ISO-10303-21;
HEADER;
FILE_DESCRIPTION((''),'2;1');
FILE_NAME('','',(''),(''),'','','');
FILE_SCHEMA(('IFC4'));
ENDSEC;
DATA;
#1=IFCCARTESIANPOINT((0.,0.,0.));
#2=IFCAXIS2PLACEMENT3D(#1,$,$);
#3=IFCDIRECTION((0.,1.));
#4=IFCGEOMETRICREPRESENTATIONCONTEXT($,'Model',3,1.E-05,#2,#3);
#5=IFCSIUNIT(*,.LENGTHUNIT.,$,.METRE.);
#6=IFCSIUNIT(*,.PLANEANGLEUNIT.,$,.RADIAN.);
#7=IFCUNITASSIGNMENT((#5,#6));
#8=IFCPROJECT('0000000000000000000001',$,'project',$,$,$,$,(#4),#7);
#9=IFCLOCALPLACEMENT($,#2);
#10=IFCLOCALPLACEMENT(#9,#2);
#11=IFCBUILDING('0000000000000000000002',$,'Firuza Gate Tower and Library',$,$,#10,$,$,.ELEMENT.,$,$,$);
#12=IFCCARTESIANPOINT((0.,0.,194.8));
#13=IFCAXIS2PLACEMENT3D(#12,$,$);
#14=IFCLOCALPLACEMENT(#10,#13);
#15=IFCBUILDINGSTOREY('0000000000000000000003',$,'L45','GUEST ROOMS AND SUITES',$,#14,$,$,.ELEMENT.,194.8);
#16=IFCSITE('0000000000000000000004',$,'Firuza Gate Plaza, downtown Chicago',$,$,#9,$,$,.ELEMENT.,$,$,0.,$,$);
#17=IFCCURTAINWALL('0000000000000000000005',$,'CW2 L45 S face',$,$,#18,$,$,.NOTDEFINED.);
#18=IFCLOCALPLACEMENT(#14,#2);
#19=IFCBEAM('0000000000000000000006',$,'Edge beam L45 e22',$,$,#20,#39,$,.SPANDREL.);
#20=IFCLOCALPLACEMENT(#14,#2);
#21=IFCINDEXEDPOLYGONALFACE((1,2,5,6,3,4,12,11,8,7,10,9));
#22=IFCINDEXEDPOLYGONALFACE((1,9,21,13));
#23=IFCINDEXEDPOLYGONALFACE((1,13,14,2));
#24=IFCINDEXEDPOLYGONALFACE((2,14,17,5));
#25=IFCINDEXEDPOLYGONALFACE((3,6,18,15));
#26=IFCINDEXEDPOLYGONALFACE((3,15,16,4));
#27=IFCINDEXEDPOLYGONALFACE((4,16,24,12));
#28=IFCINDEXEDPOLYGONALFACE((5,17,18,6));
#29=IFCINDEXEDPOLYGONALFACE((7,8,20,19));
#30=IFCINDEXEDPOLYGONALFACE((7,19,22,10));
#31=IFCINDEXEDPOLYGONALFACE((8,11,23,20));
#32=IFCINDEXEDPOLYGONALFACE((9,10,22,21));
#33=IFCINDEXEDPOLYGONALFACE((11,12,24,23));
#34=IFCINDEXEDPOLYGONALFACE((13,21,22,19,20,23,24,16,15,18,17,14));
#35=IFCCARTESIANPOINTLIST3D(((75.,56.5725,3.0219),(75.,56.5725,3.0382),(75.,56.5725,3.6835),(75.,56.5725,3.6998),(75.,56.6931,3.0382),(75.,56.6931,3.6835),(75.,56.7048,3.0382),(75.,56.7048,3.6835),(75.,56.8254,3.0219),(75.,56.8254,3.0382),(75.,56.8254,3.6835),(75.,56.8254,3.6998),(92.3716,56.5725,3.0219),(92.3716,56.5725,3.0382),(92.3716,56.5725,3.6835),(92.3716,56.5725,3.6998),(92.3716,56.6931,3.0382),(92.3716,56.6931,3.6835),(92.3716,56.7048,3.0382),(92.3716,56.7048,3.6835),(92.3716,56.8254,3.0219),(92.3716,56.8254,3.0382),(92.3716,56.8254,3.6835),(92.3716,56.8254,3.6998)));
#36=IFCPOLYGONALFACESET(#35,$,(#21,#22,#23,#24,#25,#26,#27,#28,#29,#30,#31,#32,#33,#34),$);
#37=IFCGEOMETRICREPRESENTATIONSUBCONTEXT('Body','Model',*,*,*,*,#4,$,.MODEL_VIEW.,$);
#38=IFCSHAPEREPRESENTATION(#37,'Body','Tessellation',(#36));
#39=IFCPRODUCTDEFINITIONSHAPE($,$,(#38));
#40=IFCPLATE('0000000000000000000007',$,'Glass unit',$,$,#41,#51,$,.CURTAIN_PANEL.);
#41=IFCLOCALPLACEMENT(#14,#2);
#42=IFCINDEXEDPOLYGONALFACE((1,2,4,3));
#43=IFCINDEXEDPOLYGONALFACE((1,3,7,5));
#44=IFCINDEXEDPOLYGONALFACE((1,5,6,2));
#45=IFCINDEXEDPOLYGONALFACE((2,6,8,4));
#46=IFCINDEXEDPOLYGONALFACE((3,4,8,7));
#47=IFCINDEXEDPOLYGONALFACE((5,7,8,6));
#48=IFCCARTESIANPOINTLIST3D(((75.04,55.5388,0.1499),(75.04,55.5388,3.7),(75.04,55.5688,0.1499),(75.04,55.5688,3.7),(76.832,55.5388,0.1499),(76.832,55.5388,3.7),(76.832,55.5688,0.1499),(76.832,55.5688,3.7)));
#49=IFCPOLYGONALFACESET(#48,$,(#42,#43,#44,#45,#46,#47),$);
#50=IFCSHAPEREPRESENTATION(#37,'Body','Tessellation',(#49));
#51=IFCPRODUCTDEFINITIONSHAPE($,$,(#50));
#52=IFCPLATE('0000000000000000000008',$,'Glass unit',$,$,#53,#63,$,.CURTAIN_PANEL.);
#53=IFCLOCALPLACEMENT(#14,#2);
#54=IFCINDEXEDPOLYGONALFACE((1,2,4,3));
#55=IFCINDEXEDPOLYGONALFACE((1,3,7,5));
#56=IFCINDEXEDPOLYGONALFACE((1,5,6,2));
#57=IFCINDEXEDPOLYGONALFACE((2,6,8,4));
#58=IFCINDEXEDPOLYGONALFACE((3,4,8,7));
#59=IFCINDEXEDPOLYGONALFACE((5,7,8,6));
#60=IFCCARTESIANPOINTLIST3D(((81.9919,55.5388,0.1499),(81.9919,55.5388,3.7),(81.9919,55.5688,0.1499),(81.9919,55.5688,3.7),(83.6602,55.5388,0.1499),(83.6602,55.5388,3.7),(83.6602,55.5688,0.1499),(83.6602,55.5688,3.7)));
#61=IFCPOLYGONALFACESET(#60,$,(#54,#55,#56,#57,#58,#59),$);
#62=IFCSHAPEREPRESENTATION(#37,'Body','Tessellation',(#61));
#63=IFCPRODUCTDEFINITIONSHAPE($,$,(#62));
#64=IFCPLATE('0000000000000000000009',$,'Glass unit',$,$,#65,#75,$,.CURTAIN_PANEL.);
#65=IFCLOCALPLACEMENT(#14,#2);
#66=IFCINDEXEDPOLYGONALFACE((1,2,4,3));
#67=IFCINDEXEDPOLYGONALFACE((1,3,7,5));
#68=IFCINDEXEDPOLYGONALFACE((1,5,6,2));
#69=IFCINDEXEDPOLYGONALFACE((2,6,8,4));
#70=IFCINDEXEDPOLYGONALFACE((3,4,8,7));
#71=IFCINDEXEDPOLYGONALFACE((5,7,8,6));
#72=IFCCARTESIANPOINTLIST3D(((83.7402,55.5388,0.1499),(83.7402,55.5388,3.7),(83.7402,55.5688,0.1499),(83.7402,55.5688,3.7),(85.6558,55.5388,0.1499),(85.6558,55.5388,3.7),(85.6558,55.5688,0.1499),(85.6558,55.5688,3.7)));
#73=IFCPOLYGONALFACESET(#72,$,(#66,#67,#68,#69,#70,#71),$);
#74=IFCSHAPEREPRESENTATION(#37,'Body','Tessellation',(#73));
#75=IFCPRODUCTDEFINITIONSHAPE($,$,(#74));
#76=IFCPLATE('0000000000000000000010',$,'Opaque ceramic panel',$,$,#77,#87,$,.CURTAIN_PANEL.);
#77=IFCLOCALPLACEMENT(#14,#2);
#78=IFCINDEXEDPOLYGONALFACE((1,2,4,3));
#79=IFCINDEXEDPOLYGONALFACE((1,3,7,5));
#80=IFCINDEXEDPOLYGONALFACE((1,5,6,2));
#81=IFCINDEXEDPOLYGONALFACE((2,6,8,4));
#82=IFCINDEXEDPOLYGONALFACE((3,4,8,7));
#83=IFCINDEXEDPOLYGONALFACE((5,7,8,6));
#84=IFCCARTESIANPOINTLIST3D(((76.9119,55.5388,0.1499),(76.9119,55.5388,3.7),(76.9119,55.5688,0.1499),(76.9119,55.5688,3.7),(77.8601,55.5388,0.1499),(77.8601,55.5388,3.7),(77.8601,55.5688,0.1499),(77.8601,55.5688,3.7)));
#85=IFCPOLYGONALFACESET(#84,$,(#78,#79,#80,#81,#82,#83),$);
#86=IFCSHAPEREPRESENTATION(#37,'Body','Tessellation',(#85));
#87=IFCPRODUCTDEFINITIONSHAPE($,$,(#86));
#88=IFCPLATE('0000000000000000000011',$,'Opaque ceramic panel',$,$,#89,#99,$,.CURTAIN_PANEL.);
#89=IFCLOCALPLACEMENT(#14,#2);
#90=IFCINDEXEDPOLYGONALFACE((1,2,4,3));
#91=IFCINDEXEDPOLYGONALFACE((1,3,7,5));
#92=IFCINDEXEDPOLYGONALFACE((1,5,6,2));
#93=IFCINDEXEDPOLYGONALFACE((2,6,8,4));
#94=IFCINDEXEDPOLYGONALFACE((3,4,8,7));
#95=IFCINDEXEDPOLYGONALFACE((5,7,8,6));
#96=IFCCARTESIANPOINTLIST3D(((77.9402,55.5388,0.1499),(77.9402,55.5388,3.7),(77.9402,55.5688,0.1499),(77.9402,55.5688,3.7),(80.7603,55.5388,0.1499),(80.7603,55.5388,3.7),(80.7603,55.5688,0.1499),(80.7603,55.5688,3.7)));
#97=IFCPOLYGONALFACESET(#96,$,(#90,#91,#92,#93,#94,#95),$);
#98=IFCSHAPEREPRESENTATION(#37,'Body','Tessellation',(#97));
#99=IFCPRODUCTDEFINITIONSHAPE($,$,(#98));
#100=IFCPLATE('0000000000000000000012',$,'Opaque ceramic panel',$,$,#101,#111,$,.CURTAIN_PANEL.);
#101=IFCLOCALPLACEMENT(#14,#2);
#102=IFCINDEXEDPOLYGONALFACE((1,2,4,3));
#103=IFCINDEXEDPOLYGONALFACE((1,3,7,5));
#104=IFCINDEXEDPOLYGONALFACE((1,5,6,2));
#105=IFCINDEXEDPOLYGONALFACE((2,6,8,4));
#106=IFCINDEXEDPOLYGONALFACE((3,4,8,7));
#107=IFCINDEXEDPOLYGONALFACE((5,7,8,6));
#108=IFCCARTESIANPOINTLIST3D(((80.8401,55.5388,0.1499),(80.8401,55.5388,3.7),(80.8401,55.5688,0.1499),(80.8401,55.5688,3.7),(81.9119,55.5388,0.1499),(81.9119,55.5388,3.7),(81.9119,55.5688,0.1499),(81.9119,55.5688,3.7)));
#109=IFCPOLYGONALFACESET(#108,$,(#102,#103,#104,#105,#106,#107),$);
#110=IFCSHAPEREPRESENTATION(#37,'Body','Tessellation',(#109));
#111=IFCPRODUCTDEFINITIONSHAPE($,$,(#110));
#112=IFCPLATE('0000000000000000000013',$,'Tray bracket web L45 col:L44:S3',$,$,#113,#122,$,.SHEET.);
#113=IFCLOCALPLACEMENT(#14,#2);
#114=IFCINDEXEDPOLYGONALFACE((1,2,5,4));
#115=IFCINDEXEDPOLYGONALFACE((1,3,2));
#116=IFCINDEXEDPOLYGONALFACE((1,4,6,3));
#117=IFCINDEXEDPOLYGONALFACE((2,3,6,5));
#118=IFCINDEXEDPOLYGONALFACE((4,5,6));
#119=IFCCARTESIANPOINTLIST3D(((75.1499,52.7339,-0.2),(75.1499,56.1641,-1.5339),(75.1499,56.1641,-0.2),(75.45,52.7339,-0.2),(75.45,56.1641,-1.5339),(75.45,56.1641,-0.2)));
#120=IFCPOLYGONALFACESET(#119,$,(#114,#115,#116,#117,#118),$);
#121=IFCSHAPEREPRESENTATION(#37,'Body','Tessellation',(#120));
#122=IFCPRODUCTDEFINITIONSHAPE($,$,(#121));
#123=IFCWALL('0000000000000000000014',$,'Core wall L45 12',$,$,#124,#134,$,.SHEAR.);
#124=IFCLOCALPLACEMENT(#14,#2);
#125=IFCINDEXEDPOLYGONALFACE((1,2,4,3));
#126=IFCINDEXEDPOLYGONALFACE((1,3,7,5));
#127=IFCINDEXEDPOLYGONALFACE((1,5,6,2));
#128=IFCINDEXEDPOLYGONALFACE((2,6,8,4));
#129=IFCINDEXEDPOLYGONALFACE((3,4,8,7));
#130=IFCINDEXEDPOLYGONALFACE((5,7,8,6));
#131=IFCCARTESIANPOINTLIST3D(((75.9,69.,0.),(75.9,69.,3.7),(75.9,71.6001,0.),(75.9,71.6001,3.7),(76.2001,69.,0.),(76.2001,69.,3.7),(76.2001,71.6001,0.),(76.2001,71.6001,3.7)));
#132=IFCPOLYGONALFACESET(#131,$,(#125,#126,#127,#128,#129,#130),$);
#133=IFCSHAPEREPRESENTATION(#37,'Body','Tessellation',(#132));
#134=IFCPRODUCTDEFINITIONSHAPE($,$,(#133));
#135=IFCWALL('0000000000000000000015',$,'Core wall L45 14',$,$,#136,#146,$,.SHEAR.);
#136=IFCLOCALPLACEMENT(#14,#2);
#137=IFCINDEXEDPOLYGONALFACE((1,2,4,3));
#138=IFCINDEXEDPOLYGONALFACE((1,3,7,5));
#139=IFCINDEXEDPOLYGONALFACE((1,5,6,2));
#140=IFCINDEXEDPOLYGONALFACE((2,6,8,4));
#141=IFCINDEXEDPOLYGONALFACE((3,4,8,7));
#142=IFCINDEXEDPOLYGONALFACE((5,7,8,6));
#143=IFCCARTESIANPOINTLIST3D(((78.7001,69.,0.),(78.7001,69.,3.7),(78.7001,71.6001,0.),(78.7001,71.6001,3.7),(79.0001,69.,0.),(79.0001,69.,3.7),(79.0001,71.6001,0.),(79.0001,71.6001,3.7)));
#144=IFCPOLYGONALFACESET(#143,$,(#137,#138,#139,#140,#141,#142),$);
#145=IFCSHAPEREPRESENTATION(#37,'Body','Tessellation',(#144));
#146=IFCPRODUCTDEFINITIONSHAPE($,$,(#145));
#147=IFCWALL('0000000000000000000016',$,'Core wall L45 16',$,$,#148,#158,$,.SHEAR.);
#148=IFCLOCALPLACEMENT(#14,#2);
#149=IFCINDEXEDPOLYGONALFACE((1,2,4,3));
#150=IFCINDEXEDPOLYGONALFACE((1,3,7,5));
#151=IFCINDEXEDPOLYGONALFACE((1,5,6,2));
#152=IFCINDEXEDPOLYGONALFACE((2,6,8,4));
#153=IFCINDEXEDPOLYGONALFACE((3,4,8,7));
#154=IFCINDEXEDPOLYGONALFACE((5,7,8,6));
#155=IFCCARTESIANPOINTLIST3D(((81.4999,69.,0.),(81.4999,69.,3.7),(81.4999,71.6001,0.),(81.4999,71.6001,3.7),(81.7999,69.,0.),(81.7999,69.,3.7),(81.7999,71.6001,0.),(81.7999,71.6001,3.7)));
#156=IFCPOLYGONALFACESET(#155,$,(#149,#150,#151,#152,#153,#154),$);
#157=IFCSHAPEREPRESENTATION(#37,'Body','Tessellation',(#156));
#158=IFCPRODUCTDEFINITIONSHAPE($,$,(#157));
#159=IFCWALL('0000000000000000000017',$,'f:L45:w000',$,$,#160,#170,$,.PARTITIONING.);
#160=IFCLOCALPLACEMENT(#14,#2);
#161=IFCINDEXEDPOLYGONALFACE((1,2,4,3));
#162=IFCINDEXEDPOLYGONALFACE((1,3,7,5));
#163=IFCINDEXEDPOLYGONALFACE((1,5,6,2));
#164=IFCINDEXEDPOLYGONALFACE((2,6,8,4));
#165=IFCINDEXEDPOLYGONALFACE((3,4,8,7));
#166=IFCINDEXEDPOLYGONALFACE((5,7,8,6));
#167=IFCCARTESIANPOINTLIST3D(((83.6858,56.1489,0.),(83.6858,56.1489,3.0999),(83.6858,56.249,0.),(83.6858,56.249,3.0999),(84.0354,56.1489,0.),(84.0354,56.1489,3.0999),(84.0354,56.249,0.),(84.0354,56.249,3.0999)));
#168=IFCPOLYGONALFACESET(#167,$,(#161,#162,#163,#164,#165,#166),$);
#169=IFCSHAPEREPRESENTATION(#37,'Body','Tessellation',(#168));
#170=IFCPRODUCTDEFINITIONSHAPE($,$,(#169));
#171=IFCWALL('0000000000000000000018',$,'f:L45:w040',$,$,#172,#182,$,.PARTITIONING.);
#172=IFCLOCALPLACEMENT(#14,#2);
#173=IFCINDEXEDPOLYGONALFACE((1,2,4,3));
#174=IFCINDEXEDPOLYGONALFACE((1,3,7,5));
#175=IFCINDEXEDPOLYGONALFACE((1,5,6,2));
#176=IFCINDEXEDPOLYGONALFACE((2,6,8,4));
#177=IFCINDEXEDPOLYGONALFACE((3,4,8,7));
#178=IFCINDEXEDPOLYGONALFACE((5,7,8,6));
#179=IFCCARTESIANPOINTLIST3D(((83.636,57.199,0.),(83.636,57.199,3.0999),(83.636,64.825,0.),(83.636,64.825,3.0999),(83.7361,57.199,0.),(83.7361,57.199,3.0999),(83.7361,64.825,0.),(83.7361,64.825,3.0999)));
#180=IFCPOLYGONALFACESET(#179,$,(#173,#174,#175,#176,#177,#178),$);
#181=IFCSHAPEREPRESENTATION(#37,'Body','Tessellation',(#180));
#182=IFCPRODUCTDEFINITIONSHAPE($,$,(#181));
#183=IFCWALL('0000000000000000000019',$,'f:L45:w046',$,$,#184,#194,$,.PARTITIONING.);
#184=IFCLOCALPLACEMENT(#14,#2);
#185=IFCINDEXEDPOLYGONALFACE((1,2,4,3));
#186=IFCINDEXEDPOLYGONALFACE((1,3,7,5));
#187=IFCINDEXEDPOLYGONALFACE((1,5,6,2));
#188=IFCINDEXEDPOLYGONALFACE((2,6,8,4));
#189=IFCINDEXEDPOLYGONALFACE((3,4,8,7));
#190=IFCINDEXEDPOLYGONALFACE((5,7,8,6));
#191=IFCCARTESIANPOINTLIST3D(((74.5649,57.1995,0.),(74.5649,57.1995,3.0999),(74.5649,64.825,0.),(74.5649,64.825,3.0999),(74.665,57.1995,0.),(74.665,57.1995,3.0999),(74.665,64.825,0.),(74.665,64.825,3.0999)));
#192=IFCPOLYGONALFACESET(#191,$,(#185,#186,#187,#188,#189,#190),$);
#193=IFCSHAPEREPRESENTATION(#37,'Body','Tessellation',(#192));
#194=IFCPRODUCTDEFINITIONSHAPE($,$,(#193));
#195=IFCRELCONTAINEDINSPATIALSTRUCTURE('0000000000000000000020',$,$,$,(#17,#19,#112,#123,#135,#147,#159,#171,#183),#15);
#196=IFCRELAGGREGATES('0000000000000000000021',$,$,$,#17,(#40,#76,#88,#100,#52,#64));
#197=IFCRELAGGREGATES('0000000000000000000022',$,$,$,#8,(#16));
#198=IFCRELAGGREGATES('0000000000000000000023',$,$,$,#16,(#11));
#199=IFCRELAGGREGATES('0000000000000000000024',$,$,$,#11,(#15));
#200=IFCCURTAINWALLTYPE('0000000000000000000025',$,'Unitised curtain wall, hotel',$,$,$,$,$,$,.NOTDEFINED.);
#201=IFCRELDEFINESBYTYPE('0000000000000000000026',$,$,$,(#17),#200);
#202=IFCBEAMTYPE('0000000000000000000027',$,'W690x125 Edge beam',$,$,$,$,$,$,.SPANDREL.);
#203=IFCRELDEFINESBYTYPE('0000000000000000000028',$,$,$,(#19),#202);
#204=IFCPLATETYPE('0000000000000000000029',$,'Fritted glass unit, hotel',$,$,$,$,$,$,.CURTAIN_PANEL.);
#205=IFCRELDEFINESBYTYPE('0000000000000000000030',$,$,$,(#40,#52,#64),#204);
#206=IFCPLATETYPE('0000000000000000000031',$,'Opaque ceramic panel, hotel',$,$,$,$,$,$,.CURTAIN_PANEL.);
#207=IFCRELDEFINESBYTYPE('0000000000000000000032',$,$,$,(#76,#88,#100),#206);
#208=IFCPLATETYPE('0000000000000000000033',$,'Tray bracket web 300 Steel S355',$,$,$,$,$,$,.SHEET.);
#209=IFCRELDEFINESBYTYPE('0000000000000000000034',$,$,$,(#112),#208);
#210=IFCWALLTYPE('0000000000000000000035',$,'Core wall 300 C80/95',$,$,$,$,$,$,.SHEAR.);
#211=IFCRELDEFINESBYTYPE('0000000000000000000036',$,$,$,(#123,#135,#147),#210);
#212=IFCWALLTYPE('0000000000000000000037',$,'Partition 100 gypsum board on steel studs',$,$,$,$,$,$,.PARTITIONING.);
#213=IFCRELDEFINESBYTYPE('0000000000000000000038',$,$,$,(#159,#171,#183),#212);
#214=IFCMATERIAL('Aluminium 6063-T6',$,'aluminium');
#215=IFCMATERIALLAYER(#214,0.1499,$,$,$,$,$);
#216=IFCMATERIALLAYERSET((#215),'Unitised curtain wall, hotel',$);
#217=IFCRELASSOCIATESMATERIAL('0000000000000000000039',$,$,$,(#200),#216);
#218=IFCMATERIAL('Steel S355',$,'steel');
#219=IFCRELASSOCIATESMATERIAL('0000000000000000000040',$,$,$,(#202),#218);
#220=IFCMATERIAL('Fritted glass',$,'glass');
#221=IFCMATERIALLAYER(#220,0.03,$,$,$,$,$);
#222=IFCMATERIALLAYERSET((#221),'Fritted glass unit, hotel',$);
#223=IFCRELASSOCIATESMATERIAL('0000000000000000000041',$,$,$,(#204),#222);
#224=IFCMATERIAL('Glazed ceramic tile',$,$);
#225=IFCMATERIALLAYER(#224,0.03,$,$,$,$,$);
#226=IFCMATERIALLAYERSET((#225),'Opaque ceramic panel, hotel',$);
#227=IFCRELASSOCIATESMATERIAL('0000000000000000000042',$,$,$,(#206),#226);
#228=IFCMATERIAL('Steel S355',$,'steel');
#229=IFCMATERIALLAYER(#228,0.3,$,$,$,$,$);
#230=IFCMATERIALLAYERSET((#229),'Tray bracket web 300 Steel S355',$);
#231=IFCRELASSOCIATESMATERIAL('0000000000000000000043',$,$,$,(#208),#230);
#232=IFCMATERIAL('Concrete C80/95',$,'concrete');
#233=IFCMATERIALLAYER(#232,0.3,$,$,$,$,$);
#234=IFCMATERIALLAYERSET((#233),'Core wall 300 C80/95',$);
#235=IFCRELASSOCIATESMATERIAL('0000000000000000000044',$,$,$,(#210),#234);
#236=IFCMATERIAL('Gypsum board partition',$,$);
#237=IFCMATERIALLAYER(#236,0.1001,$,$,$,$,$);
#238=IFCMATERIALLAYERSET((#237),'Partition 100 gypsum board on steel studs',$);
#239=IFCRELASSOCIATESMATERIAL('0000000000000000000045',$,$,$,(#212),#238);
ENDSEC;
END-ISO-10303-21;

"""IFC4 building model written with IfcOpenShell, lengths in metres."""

from ifc_helpers import new_model, si_unit, direction, frame, frame_2d, origin, origin_2d, place, context, subcontext, project, spatial, polyline, rectangle, i_section, outline, extrude, material, layer, layer_set, material_profile, profile_set, type_object, element, aggregate, save


model = new_model("IFC4")

# Units and contexts
model_context = context("Model", 3, precision=1e-05, world=origin(), true_north=direction((0.0, 1.0)))
body_context = subcontext(model_context, "Body", "Model", "MODEL_VIEW")
ifc_project = project(units=[si_unit("LENGTHUNIT", "METRE"), si_unit("PLANEANGLEUNIT", "RADIAN")], contexts=[model_context])

# Site, building, storey
site_placement = place(None, origin())
site = spatial("IfcSite", under=ifc_project, at=site_placement, Name="Firuza Gate Plaza, downtown Chicago", CompositionType="ELEMENT", RefElevation=0.0)
building_placement = place(site_placement, origin())
building = spatial("IfcBuilding", under=site, at=building_placement, Name="Firuza Gate Tower and Library", CompositionType="ELEMENT")
storey_placement = place(building_placement, frame((0.0, 0.0, 194.8)))
storey = spatial("IfcBuildingStorey", under=building, at=storey_placement, Name="L45", Description="GUEST ROOMS AND SUITES", CompositionType="ELEMENT", Elevation=194.8)

# Curtain wall
ifc_material_1 = material(Name="Aluminium 6063-T6", Category="aluminium")
ifc_layer_1 = layer(ifc_material_1, 0.1499)
ifc_layer_set_1 = layer_set([ifc_layer_1], Name="Unitised curtain wall, hotel")
curtain_wall_type = type_object("IfcCurtainWallType", Name="Unitised curtain wall, hotel", PredefinedType="NOTDEFINED", material=ifc_layer_set_1)
curtain_wall_placement = place(storey_placement, origin())
curtain_wall = element("IfcCurtainWall", 1, at=curtain_wall_placement, inside=storey, type_object=curtain_wall_type, Name="CW2 L45 S face", PredefinedType="NOTDEFINED")

# Beam
ifc_material_2 = material(Name="Steel S355", Category="steel")
ifc_material_profile_1 = material_profile(ifc_material_2, i_section(OverallWidth=0.2529, OverallDepth=0.678, WebThickness=0.0117, FlangeThickness=0.0164, at=origin_2d()))
ifc_profile_set_1 = profile_set([ifc_material_profile_1], Name="Steel S355")
beam_type_1 = type_object("IfcBeamType", Name="W690x125 Edge beam", PredefinedType="SPANDREL", material=ifc_profile_set_1)
beam_placement = place(storey_placement, frame((75.0, 56.699, 3.3608), z_axis=(1.0, 0.0, 0.0), x_axis=(0.0, 1.0, 0.0)))
element("IfcBeam", 2, at=beam_placement, inside=storey, type_object=beam_type_1, Name="Edge beam L45 e22", PredefinedType="SPANDREL", context=body_context, shape_type="SweptSolid", body=[
    extrude(i_section(OverallWidth=0.2529, OverallDepth=0.678, WebThickness=0.0117, FlangeThickness=0.0164, at=origin_2d()), origin(), (0.0, 0.0, 1.0), 17.3716),
])

# Plates
ifc_material_3 = material(Name="Fritted glass", Category="glass")
ifc_layer_2 = layer(ifc_material_3, 0.03)
ifc_layer_set_2 = layer_set([ifc_layer_2], Name="Fritted glass unit, hotel")
plate_type_1 = type_object("IfcPlateType", Name="Fritted glass unit, hotel", PredefinedType="CURTAIN_PANEL", material=ifc_layer_set_2)
plate_1_placement = place(storey_placement, frame((75.04, 55.5388, 0.1499), z_axis=(0.0, -1.0, 0.0), x_axis=(1.0, 0.0, 0.0)))
plate_1 = element("IfcPlate", 3, at=plate_1_placement, type_object=plate_type_1, Name="Glass unit", PredefinedType="CURTAIN_PANEL", context=body_context, shape_type="SweptSolid", body=[
    extrude(outline(polyline([(0.0, 0.0), (1.792, 0.0), (1.792, 3.55), (0.0, 3.55), (0.0, 0.0)])), origin(), (0.0, 0.0, -1.0), 0.03),
])
plate_2_placement = place(storey_placement, frame((81.9919, 55.5388, 0.1499), z_axis=(0.0, -1.0, 0.0), x_axis=(1.0, 0.0, 0.0)))
plate_2 = element("IfcPlate", 4, at=plate_2_placement, type_object=plate_type_1, Name="Glass unit", PredefinedType="CURTAIN_PANEL", context=body_context, shape_type="SweptSolid", body=[
    extrude(outline(polyline([(0.0, 0.0), (1.6682, 0.0), (1.6682, 3.55), (0.0, 3.55), (0.0, 0.0)])), origin(), (0.0, 0.0, -1.0), 0.03),
])
plate_3_placement = place(storey_placement, frame((83.7402, 55.5388, 0.1499), z_axis=(0.0, -1.0, 0.0), x_axis=(1.0, 0.0, 0.0)))
plate_3 = element("IfcPlate", 5, at=plate_3_placement, type_object=plate_type_1, Name="Glass unit", PredefinedType="CURTAIN_PANEL", context=body_context, shape_type="SweptSolid", body=[
    extrude(outline(polyline([(0.0, 0.0), (1.9155, 0.0), (1.9155, 3.55), (0.0, 3.55), (0.0, 0.0)])), origin(), (0.0, 0.0, -1.0), 0.03),
])
ifc_material_4 = material(Name="Glazed ceramic tile")
ifc_layer_3 = layer(ifc_material_4, 0.03)
ifc_layer_set_3 = layer_set([ifc_layer_3], Name="Opaque ceramic panel, hotel")
plate_type_2 = type_object("IfcPlateType", Name="Opaque ceramic panel, hotel", PredefinedType="CURTAIN_PANEL", material=ifc_layer_set_3)
plate_4_placement = place(storey_placement, frame((76.9119, 55.5388, 0.1499), z_axis=(0.0, -1.0, 0.0), x_axis=(1.0, 0.0, 0.0)))
plate_4 = element("IfcPlate", 6, at=plate_4_placement, type_object=plate_type_2, Name="Opaque ceramic panel", PredefinedType="CURTAIN_PANEL", context=body_context, shape_type="SweptSolid", body=[
    extrude(outline(polyline([(0.0, 0.0), (0.9482, 0.0), (0.9482, 3.55), (0.0, 3.55), (0.0, 0.0)])), origin(), (0.0, 0.0, -1.0), 0.03),
])
plate_5_placement = place(storey_placement, frame((77.9402, 55.5388, 0.1499), z_axis=(0.0, -1.0, 0.0), x_axis=(1.0, 0.0, 0.0)))
plate_5 = element("IfcPlate", 7, at=plate_5_placement, type_object=plate_type_2, Name="Opaque ceramic panel", PredefinedType="CURTAIN_PANEL", context=body_context, shape_type="SweptSolid", body=[
    extrude(outline(polyline([(0.0, 0.0), (2.8201, 0.0), (2.8201, 3.55), (0.0, 3.55), (0.0, 0.0)])), origin(), (0.0, 0.0, -1.0), 0.03),
])
plate_6_placement = place(storey_placement, frame((80.8401, 55.5388, 0.1499), z_axis=(0.0, -1.0, 0.0), x_axis=(1.0, 0.0, 0.0)))
plate_6 = element("IfcPlate", 8, at=plate_6_placement, type_object=plate_type_2, Name="Opaque ceramic panel", PredefinedType="CURTAIN_PANEL", context=body_context, shape_type="SweptSolid", body=[
    extrude(outline(polyline([(0.0, 0.0), (1.0718, 0.0), (1.0718, 3.55), (0.0, 3.55), (0.0, 0.0)])), origin(), (0.0, 0.0, -1.0), 0.03),
])
aggregate(curtain_wall, [plate_1, plate_4, plate_5, plate_6, plate_2, plate_3])
ifc_material_5 = material(Name="Steel S355", Category="steel")
ifc_layer_4 = layer(ifc_material_5, 0.3)
ifc_layer_set_4 = layer_set([ifc_layer_4], Name="Tray bracket web 300 Steel S355")
plate_type_3 = type_object("IfcPlateType", Name="Tray bracket web 300 Steel S355", PredefinedType="SHEET", material=ifc_layer_set_4)
plate_7_placement = place(storey_placement, frame((75.45, 56.1641, -0.2), z_axis=(1.0, 0.0, 0.0), x_axis=(0.0, -1.0, 0.0)))
element("IfcPlate", 9, at=plate_7_placement, inside=storey, type_object=plate_type_3, Name="Tray bracket web L45 col:L44:S3", PredefinedType="SHEET", context=body_context, shape_type="SweptSolid", body=[
    extrude(outline(polyline([(0.0, 0.0), (3.4302, 0.0), (0.0, 1.334), (0.0, 0.0)])), origin(), (0.0, 0.0, -1.0), 0.3),
])

# Walls
ifc_material_6 = material(Name="Concrete C80/95", Category="concrete")
ifc_layer_5 = layer(ifc_material_6, 0.3)
ifc_layer_set_5 = layer_set([ifc_layer_5], Name="Core wall 300 C80/95")
wall_type_1 = type_object("IfcWallType", Name="Core wall 300 C80/95", PredefinedType="SHEAR", material=ifc_layer_set_5)
for number, where, z_axis, x_axis, name in (
    (10, (76.05, 69.0, 0.0), (0.0, 0.0, 1.0), (0.0, 1.0, 0.0), "Core wall L45 12"),
    (11, (78.8501, 69.0, 0.0), (0.0, 0.0, 1.0), (0.0, 1.0, 0.0), "Core wall L45 14"),
    (12, (81.6499, 69.0, 0.0), (0.0, 0.0, 1.0), (0.0, 1.0, 0.0), "Core wall L45 16"),
):
    element("IfcWall", number, at=place(storey_placement, frame(where, z_axis=z_axis, x_axis=x_axis)), inside=storey, type_object=wall_type_1, Name=name, PredefinedType="SHEAR", context=body_context, shape_type="SweptSolid", body=[
        extrude(rectangle(XDim=2.6001, YDim=0.3, at=frame_2d((1.3, 0.0))), origin(), (0.0, 0.0, 1.0), 3.7),
    ])
ifc_material_7 = material(Name="Gypsum board partition")
ifc_layer_6 = layer(ifc_material_7, 0.1001)
ifc_layer_set_6 = layer_set([ifc_layer_6], Name="Partition 100 gypsum board on steel studs")
wall_type_2 = type_object("IfcWallType", Name="Partition 100 gypsum board on steel studs", PredefinedType="PARTITIONING", material=ifc_layer_set_6)
wall_1_placement = place(storey_placement, frame((83.6858, 56.199, 0.0), z_axis=(0.0, 0.0, 1.0), x_axis=(1.0, 0.0, 0.0)))
element("IfcWall", 13, at=wall_1_placement, inside=storey, type_object=wall_type_2, Name="f:L45:w000", PredefinedType="PARTITIONING", context=body_context, shape_type="SweptSolid", body=[
    extrude(rectangle(XDim=0.3496, YDim=0.1001, at=frame_2d((0.1748, 0.0))), origin(), (0.0, 0.0, 1.0), 3.0999),
])
wall_2_placement = place(storey_placement, frame((83.686, 57.199, 0.0), z_axis=(0.0, 0.0, 1.0), x_axis=(0.0, 1.0, 0.0)))
element("IfcWall", 14, at=wall_2_placement, inside=storey, type_object=wall_type_2, Name="f:L45:w040", PredefinedType="PARTITIONING", context=body_context, shape_type="SweptSolid", body=[
    extrude(rectangle(XDim=7.626, YDim=0.1001, at=frame_2d((3.813, 0.0))), origin(), (0.0, 0.0, 1.0), 3.0999),
])
wall_3_placement = place(storey_placement, frame((74.615, 57.1995, 0.0), z_axis=(0.0, 0.0, 1.0), x_axis=(0.0, 1.0, 0.0)))
element("IfcWall", 15, at=wall_3_placement, inside=storey, type_object=wall_type_2, Name="f:L45:w046", PredefinedType="PARTITIONING", context=body_context, shape_type="SweptSolid", body=[
    extrude(rectangle(XDim=7.6255, YDim=0.1001, at=frame_2d((3.8127, 0.0))), origin(), (0.0, 0.0, 1.0), 3.0999),
])

save(model, "model.ifc")
